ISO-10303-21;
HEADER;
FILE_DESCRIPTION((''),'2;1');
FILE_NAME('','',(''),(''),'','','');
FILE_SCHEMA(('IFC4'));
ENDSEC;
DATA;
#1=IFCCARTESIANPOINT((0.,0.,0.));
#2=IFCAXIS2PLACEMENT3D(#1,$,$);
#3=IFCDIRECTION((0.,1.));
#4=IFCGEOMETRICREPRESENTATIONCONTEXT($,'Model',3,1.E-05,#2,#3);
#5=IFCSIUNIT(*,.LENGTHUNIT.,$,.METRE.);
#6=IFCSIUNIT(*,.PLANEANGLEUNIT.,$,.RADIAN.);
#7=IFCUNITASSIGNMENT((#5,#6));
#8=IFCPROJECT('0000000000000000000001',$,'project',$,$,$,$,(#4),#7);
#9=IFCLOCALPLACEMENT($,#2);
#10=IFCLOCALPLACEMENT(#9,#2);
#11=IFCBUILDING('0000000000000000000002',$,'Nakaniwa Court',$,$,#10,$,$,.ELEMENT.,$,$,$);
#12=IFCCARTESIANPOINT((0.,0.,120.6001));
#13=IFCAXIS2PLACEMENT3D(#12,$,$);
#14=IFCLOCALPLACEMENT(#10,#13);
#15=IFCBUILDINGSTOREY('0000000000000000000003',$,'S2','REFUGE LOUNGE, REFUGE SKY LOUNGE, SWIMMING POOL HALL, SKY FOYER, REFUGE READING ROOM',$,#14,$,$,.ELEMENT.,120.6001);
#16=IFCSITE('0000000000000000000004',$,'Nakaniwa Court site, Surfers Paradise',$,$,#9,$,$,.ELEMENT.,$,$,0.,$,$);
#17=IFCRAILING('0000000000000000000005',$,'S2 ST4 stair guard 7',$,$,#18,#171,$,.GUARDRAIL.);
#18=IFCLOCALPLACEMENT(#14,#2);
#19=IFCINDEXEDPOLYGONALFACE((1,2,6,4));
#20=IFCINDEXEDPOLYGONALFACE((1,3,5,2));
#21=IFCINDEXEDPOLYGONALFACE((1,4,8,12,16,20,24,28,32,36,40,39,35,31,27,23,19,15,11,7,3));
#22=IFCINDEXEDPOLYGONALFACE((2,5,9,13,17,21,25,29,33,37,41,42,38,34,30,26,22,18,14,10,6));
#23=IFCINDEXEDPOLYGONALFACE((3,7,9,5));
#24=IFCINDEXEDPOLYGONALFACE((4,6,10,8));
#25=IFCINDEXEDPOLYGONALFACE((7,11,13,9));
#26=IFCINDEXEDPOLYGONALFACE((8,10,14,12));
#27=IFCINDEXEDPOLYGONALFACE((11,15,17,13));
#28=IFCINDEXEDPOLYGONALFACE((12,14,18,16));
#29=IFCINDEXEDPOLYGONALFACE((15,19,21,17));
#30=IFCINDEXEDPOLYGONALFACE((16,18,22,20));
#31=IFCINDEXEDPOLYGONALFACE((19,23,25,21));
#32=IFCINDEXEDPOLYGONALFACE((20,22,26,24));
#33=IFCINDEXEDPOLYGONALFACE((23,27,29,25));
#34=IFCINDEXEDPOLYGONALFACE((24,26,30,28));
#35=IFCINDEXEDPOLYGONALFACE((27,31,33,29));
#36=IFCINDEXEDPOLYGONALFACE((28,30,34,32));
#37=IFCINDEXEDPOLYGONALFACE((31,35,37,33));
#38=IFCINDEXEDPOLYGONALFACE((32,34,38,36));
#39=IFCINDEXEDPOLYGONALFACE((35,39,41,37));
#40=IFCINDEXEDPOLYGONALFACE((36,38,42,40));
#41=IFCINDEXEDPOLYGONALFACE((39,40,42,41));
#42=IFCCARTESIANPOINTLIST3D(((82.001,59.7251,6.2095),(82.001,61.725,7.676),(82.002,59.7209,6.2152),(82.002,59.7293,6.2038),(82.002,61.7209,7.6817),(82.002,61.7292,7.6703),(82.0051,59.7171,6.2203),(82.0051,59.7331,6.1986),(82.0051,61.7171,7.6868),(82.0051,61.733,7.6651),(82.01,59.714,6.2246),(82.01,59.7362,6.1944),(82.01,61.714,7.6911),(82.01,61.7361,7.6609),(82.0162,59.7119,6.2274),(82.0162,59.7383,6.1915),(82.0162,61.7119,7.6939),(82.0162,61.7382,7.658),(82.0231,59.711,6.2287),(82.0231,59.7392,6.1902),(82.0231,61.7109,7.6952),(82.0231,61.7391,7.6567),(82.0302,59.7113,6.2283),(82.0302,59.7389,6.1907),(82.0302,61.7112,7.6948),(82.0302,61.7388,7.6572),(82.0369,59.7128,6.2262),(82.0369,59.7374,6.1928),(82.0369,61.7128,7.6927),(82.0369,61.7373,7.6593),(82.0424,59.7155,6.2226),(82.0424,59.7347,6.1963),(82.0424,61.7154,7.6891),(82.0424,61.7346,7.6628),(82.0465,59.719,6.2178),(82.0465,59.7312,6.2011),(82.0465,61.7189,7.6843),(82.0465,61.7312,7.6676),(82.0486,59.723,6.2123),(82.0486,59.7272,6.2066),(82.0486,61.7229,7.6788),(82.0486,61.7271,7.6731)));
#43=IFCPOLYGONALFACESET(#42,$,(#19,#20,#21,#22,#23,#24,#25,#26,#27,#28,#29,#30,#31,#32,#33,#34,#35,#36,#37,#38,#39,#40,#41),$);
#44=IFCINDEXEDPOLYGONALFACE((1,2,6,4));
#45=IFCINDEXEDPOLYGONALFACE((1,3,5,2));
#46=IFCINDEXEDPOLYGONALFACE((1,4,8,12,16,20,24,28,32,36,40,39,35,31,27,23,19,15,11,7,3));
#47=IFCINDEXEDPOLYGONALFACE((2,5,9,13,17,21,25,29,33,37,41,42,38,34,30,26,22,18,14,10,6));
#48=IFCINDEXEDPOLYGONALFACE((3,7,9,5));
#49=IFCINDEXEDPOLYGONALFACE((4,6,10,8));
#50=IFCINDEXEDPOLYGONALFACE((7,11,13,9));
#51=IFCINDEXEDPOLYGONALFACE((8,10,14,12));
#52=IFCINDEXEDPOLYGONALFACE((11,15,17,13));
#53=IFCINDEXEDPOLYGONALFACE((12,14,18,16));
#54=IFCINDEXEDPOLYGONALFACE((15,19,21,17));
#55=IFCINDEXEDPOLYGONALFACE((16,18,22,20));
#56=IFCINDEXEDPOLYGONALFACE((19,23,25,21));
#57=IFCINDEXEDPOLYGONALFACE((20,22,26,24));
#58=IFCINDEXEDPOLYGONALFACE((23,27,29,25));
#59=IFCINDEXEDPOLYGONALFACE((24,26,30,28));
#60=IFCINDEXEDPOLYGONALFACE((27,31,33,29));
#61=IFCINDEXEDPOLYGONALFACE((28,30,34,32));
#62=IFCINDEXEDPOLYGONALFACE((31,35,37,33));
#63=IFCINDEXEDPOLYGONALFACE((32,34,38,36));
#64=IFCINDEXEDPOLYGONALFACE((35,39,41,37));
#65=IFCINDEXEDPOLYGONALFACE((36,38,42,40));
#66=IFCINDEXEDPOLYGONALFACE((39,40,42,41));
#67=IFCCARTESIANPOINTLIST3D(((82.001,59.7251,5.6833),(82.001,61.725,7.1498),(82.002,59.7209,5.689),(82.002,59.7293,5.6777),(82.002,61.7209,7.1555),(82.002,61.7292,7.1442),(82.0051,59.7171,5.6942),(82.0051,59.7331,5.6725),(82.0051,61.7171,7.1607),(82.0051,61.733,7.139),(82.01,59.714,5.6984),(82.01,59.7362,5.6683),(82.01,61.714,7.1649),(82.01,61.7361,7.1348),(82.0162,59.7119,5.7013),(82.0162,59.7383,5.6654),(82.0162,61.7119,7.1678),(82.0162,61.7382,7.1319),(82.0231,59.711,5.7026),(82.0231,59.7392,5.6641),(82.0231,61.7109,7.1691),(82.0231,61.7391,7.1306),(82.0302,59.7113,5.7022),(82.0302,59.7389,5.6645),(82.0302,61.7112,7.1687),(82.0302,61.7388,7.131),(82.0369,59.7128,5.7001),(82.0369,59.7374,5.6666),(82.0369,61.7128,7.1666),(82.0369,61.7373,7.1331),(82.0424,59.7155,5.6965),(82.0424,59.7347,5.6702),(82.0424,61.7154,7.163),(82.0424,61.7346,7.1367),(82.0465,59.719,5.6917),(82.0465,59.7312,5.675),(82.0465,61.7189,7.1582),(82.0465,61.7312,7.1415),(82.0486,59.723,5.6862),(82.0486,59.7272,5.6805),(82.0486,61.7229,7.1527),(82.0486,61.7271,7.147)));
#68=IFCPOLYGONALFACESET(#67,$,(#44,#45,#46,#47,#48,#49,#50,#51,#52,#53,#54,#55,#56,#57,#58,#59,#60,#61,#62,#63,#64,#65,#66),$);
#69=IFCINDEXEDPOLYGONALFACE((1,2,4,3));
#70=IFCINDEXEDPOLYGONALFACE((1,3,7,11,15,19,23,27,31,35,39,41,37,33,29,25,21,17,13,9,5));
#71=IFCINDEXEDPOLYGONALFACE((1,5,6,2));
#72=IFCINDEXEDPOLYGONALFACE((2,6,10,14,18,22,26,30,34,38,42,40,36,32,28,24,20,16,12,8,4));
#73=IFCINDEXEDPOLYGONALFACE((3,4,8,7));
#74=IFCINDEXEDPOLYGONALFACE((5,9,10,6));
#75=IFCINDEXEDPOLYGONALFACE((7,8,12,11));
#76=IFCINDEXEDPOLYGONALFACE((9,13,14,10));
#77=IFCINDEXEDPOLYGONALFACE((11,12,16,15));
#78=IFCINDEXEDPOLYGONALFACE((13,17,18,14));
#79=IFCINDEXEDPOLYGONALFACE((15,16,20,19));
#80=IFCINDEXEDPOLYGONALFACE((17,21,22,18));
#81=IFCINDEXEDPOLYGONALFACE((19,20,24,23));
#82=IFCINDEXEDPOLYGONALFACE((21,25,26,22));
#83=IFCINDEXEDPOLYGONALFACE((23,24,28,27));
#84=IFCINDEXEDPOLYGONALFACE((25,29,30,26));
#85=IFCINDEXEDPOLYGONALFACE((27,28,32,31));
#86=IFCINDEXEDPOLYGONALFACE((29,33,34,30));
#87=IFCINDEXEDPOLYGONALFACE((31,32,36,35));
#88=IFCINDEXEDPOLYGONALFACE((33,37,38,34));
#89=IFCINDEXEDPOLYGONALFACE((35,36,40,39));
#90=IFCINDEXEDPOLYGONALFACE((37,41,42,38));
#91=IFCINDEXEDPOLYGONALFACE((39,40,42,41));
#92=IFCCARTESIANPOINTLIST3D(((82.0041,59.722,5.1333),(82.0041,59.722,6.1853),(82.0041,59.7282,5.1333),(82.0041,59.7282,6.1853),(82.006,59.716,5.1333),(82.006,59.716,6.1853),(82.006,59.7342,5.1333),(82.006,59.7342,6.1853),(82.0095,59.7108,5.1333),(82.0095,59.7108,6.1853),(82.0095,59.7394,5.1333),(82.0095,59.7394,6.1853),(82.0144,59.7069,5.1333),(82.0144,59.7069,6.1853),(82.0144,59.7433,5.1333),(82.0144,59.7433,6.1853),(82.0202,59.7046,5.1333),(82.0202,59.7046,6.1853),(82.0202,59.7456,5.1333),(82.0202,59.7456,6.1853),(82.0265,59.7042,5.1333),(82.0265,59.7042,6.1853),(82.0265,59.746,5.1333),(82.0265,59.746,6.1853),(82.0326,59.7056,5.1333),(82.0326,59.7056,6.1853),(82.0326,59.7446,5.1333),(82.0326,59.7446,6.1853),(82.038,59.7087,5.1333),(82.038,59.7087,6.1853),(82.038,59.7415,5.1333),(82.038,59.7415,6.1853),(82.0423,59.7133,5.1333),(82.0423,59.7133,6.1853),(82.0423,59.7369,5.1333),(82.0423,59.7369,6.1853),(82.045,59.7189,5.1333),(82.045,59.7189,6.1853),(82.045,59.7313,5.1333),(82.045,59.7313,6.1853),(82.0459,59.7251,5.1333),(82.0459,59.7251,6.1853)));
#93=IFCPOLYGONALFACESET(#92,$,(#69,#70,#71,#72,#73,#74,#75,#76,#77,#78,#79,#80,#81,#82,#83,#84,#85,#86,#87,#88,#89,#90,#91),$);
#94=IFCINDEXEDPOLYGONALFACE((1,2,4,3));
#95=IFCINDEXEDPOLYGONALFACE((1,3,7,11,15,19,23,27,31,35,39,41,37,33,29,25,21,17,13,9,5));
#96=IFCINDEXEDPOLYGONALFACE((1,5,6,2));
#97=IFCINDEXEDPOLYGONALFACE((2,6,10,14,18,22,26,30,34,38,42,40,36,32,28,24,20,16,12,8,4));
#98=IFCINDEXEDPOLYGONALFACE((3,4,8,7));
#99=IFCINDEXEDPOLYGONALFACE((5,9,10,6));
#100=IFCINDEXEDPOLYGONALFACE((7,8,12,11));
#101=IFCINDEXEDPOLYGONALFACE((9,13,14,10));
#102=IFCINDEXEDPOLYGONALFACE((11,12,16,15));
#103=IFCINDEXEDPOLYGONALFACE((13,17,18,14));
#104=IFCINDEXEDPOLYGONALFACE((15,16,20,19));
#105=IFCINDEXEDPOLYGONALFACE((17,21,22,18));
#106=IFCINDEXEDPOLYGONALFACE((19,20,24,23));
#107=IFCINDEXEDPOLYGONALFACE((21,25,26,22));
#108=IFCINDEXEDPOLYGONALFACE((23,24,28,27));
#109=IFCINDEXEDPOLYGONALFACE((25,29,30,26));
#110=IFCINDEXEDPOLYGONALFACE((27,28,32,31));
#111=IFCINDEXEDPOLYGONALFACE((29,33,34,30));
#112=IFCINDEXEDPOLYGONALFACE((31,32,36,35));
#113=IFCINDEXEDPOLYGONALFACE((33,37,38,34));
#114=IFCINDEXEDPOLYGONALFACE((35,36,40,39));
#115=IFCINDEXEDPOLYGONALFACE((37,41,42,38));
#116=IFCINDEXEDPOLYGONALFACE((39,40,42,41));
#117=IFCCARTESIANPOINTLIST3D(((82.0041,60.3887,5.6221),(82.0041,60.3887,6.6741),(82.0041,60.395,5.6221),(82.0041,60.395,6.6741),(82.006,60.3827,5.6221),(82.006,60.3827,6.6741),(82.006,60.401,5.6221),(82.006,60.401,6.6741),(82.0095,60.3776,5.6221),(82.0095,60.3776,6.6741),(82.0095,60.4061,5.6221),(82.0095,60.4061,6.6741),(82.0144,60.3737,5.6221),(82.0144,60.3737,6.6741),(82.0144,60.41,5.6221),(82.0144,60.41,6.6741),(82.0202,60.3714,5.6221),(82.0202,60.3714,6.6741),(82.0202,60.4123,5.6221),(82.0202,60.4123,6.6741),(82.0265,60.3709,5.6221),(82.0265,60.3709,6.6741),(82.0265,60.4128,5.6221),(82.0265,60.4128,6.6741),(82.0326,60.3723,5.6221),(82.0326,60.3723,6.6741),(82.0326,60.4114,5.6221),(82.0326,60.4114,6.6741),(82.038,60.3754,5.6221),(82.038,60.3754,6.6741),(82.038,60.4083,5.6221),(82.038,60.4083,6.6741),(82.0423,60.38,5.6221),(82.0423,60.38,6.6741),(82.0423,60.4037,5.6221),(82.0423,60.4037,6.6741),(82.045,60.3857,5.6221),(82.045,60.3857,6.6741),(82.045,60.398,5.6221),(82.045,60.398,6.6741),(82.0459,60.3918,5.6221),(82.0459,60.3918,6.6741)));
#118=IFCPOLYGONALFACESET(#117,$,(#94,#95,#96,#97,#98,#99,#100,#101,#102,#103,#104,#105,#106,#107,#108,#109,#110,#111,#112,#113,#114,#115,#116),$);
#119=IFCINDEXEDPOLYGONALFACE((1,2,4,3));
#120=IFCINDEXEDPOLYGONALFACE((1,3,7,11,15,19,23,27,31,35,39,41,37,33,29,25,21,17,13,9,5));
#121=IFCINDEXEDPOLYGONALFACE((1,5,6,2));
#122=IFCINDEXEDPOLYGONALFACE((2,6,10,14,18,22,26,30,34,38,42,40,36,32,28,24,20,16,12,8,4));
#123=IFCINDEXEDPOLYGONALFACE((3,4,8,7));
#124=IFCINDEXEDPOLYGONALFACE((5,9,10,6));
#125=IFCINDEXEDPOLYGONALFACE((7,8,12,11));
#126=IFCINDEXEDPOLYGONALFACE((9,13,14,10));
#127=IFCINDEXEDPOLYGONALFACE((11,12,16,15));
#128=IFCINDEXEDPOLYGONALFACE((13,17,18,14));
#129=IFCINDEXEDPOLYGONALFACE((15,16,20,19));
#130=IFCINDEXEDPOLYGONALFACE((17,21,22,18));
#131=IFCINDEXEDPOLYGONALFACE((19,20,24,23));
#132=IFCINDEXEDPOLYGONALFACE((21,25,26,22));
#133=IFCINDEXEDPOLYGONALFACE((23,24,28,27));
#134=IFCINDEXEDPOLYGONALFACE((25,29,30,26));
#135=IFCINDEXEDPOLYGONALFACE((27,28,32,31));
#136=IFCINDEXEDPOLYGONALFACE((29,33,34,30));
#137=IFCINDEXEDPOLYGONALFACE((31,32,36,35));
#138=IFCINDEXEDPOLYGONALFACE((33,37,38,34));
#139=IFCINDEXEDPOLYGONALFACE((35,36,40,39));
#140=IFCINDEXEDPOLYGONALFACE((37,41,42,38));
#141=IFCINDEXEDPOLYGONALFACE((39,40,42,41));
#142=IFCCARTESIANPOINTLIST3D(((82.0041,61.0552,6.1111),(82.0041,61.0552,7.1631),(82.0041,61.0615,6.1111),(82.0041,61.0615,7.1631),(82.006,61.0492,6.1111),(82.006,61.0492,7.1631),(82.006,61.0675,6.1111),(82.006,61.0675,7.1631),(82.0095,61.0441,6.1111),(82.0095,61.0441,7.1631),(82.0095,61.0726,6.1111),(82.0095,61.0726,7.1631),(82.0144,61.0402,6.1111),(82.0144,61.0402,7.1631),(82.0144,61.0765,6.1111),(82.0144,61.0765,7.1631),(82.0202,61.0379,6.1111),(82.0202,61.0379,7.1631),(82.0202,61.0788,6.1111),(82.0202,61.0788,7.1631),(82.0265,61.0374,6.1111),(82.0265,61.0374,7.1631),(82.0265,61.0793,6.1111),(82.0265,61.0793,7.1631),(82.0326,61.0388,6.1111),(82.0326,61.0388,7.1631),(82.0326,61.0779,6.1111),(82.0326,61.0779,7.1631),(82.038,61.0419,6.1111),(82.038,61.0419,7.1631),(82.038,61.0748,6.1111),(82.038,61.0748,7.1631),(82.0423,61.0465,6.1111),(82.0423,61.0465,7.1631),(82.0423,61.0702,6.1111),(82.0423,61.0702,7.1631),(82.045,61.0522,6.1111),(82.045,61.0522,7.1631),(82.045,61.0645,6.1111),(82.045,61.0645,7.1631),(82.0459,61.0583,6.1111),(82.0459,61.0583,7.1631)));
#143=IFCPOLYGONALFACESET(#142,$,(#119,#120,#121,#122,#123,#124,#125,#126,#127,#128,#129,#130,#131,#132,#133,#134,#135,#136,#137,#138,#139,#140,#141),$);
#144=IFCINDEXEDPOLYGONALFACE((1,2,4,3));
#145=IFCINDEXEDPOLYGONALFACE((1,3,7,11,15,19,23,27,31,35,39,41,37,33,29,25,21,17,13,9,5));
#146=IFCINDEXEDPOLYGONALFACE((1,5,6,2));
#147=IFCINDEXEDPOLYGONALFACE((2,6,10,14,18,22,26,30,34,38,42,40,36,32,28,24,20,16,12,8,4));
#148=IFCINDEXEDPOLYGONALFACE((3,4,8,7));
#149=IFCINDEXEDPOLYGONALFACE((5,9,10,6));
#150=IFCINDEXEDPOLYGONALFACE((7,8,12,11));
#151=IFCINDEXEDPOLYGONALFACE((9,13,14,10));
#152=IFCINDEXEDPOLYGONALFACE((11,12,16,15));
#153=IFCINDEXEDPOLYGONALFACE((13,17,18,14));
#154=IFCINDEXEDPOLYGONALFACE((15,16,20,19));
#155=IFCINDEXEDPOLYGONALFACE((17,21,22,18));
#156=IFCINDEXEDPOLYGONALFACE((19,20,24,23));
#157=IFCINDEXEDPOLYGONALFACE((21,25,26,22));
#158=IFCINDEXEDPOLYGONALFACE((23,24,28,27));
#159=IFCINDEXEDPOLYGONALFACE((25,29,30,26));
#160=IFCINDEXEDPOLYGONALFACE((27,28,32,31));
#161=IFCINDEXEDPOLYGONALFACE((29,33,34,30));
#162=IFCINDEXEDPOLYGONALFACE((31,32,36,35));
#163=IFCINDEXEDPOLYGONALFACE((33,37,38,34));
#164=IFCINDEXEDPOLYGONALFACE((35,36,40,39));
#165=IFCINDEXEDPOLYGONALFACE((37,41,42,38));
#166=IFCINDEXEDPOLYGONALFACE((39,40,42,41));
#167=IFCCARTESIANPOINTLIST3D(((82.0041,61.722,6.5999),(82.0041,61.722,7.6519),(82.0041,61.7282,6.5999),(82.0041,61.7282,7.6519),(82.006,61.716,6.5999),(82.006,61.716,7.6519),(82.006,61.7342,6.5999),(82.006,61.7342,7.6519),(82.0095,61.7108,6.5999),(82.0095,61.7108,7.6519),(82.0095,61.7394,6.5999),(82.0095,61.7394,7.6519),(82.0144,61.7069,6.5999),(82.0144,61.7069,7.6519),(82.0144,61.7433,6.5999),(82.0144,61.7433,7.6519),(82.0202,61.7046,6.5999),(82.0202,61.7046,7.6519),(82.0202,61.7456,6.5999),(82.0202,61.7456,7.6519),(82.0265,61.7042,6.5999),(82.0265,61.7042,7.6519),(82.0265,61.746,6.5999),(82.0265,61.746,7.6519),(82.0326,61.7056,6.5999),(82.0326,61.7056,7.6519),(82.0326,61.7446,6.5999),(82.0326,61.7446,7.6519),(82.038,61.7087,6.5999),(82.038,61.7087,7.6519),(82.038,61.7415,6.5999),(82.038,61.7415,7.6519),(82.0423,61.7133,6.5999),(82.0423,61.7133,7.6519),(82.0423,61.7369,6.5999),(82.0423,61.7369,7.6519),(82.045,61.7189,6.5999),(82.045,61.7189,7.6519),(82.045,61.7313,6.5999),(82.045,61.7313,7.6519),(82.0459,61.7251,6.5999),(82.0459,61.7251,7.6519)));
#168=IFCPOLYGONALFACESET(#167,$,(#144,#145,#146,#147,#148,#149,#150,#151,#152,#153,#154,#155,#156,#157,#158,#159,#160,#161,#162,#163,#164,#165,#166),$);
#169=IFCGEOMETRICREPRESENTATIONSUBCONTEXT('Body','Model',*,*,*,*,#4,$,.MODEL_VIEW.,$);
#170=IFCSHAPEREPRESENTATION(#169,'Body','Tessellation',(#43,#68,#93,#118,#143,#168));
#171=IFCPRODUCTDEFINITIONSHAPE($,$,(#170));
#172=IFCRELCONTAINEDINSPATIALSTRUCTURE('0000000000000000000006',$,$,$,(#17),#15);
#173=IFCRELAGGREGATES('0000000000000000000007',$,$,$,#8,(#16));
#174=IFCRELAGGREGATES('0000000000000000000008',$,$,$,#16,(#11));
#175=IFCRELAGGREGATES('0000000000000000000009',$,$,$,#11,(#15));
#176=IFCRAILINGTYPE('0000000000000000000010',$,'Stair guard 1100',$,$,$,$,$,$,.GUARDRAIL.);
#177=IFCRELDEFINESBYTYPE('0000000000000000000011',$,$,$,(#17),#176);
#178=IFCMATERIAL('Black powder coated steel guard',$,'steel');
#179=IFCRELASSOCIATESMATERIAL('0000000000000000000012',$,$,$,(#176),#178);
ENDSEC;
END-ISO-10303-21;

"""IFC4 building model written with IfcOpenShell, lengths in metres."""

from ifc_helpers import new_model, si_unit, direction, frame, origin, origin_2d, place, context, subcontext, project, spatial, circle, extrude, material, type_object, element, save


model = new_model("IFC4")

# Units and contexts
model_context = context("Model", 3, precision=1e-05, world=origin(), true_north=direction((0.0, 1.0)))
body_context = subcontext(model_context, "Body", "Model", "MODEL_VIEW")
ifc_project = project(units=[si_unit("LENGTHUNIT", "METRE"), si_unit("PLANEANGLEUNIT", "RADIAN")], contexts=[model_context])

# Site, building, storey
site_placement = place(None, origin())
site = spatial("IfcSite", under=ifc_project, at=site_placement, Name="Nakaniwa Court site, Surfers Paradise", CompositionType="ELEMENT", RefElevation=0.0)
building_placement = place(site_placement, origin())
building = spatial("IfcBuilding", under=site, at=building_placement, Name="Nakaniwa Court", CompositionType="ELEMENT")
storey_placement = place(building_placement, frame((0.0, 0.0, 120.6001)))
storey = spatial("IfcBuildingStorey", under=building, at=storey_placement, Name="S2", Description="REFUGE LOUNGE, REFUGE SKY LOUNGE, SWIMMING POOL HALL, SKY FOYER, REFUGE READING ROOM", CompositionType="ELEMENT", Elevation=120.6001)

# Railing
ifc_material_1 = material(Name="Black powder coated steel guard", Category="steel")
railing_type_1 = type_object("IfcRailingType", Name="Stair guard 1100", PredefinedType="GUARDRAIL", material=ifc_material_1)
railing_1_placement = place(storey_placement, frame((82.0249, 59.7251, 5.1333)))
element("IfcRailing", 1, at=railing_1_placement, inside=storey, type_object=railing_type_1, Name="S2 ST4 stair guard 7", PredefinedType="GUARDRAIL", context=body_context, shape_type="SweptSolid", body=[
    extrude(circle(Radius=0.0239, at=origin_2d()), frame((0.0, 0.0, 1.0762), z_axis=(0.0, 0.806427, 0.591334), x_axis=(-1.0, 0.0, 0.0)), (0.0, 0.0, 1.0), 2.48),
    extrude(circle(Radius=0.0239, at=origin_2d()), frame((0.0, 0.0, 0.55), z_axis=(0.0, 0.806427, 0.591334), x_axis=(-1.0, 0.0, 0.0)), (0.0, 0.0, 1.0), 2.48),
    extrude(circle(Radius=0.021, at=origin_2d()), origin(), (0.0, 0.0, 1.0), 1.052),
    extrude(circle(Radius=0.021, at=origin_2d()), frame((0.0, 0.6667, 0.4888)), (0.0, 0.0, 1.0), 1.052),
    extrude(circle(Radius=0.021, at=origin_2d()), frame((0.0, 1.3333, 0.9778)), (0.0, 0.0, 1.0), 1.052),
    extrude(circle(Radius=0.021, at=origin_2d()), frame((0.0, 2.0, 1.4666)), (0.0, 0.0, 1.0), 1.052),
])

save(model, "model.ifc")
